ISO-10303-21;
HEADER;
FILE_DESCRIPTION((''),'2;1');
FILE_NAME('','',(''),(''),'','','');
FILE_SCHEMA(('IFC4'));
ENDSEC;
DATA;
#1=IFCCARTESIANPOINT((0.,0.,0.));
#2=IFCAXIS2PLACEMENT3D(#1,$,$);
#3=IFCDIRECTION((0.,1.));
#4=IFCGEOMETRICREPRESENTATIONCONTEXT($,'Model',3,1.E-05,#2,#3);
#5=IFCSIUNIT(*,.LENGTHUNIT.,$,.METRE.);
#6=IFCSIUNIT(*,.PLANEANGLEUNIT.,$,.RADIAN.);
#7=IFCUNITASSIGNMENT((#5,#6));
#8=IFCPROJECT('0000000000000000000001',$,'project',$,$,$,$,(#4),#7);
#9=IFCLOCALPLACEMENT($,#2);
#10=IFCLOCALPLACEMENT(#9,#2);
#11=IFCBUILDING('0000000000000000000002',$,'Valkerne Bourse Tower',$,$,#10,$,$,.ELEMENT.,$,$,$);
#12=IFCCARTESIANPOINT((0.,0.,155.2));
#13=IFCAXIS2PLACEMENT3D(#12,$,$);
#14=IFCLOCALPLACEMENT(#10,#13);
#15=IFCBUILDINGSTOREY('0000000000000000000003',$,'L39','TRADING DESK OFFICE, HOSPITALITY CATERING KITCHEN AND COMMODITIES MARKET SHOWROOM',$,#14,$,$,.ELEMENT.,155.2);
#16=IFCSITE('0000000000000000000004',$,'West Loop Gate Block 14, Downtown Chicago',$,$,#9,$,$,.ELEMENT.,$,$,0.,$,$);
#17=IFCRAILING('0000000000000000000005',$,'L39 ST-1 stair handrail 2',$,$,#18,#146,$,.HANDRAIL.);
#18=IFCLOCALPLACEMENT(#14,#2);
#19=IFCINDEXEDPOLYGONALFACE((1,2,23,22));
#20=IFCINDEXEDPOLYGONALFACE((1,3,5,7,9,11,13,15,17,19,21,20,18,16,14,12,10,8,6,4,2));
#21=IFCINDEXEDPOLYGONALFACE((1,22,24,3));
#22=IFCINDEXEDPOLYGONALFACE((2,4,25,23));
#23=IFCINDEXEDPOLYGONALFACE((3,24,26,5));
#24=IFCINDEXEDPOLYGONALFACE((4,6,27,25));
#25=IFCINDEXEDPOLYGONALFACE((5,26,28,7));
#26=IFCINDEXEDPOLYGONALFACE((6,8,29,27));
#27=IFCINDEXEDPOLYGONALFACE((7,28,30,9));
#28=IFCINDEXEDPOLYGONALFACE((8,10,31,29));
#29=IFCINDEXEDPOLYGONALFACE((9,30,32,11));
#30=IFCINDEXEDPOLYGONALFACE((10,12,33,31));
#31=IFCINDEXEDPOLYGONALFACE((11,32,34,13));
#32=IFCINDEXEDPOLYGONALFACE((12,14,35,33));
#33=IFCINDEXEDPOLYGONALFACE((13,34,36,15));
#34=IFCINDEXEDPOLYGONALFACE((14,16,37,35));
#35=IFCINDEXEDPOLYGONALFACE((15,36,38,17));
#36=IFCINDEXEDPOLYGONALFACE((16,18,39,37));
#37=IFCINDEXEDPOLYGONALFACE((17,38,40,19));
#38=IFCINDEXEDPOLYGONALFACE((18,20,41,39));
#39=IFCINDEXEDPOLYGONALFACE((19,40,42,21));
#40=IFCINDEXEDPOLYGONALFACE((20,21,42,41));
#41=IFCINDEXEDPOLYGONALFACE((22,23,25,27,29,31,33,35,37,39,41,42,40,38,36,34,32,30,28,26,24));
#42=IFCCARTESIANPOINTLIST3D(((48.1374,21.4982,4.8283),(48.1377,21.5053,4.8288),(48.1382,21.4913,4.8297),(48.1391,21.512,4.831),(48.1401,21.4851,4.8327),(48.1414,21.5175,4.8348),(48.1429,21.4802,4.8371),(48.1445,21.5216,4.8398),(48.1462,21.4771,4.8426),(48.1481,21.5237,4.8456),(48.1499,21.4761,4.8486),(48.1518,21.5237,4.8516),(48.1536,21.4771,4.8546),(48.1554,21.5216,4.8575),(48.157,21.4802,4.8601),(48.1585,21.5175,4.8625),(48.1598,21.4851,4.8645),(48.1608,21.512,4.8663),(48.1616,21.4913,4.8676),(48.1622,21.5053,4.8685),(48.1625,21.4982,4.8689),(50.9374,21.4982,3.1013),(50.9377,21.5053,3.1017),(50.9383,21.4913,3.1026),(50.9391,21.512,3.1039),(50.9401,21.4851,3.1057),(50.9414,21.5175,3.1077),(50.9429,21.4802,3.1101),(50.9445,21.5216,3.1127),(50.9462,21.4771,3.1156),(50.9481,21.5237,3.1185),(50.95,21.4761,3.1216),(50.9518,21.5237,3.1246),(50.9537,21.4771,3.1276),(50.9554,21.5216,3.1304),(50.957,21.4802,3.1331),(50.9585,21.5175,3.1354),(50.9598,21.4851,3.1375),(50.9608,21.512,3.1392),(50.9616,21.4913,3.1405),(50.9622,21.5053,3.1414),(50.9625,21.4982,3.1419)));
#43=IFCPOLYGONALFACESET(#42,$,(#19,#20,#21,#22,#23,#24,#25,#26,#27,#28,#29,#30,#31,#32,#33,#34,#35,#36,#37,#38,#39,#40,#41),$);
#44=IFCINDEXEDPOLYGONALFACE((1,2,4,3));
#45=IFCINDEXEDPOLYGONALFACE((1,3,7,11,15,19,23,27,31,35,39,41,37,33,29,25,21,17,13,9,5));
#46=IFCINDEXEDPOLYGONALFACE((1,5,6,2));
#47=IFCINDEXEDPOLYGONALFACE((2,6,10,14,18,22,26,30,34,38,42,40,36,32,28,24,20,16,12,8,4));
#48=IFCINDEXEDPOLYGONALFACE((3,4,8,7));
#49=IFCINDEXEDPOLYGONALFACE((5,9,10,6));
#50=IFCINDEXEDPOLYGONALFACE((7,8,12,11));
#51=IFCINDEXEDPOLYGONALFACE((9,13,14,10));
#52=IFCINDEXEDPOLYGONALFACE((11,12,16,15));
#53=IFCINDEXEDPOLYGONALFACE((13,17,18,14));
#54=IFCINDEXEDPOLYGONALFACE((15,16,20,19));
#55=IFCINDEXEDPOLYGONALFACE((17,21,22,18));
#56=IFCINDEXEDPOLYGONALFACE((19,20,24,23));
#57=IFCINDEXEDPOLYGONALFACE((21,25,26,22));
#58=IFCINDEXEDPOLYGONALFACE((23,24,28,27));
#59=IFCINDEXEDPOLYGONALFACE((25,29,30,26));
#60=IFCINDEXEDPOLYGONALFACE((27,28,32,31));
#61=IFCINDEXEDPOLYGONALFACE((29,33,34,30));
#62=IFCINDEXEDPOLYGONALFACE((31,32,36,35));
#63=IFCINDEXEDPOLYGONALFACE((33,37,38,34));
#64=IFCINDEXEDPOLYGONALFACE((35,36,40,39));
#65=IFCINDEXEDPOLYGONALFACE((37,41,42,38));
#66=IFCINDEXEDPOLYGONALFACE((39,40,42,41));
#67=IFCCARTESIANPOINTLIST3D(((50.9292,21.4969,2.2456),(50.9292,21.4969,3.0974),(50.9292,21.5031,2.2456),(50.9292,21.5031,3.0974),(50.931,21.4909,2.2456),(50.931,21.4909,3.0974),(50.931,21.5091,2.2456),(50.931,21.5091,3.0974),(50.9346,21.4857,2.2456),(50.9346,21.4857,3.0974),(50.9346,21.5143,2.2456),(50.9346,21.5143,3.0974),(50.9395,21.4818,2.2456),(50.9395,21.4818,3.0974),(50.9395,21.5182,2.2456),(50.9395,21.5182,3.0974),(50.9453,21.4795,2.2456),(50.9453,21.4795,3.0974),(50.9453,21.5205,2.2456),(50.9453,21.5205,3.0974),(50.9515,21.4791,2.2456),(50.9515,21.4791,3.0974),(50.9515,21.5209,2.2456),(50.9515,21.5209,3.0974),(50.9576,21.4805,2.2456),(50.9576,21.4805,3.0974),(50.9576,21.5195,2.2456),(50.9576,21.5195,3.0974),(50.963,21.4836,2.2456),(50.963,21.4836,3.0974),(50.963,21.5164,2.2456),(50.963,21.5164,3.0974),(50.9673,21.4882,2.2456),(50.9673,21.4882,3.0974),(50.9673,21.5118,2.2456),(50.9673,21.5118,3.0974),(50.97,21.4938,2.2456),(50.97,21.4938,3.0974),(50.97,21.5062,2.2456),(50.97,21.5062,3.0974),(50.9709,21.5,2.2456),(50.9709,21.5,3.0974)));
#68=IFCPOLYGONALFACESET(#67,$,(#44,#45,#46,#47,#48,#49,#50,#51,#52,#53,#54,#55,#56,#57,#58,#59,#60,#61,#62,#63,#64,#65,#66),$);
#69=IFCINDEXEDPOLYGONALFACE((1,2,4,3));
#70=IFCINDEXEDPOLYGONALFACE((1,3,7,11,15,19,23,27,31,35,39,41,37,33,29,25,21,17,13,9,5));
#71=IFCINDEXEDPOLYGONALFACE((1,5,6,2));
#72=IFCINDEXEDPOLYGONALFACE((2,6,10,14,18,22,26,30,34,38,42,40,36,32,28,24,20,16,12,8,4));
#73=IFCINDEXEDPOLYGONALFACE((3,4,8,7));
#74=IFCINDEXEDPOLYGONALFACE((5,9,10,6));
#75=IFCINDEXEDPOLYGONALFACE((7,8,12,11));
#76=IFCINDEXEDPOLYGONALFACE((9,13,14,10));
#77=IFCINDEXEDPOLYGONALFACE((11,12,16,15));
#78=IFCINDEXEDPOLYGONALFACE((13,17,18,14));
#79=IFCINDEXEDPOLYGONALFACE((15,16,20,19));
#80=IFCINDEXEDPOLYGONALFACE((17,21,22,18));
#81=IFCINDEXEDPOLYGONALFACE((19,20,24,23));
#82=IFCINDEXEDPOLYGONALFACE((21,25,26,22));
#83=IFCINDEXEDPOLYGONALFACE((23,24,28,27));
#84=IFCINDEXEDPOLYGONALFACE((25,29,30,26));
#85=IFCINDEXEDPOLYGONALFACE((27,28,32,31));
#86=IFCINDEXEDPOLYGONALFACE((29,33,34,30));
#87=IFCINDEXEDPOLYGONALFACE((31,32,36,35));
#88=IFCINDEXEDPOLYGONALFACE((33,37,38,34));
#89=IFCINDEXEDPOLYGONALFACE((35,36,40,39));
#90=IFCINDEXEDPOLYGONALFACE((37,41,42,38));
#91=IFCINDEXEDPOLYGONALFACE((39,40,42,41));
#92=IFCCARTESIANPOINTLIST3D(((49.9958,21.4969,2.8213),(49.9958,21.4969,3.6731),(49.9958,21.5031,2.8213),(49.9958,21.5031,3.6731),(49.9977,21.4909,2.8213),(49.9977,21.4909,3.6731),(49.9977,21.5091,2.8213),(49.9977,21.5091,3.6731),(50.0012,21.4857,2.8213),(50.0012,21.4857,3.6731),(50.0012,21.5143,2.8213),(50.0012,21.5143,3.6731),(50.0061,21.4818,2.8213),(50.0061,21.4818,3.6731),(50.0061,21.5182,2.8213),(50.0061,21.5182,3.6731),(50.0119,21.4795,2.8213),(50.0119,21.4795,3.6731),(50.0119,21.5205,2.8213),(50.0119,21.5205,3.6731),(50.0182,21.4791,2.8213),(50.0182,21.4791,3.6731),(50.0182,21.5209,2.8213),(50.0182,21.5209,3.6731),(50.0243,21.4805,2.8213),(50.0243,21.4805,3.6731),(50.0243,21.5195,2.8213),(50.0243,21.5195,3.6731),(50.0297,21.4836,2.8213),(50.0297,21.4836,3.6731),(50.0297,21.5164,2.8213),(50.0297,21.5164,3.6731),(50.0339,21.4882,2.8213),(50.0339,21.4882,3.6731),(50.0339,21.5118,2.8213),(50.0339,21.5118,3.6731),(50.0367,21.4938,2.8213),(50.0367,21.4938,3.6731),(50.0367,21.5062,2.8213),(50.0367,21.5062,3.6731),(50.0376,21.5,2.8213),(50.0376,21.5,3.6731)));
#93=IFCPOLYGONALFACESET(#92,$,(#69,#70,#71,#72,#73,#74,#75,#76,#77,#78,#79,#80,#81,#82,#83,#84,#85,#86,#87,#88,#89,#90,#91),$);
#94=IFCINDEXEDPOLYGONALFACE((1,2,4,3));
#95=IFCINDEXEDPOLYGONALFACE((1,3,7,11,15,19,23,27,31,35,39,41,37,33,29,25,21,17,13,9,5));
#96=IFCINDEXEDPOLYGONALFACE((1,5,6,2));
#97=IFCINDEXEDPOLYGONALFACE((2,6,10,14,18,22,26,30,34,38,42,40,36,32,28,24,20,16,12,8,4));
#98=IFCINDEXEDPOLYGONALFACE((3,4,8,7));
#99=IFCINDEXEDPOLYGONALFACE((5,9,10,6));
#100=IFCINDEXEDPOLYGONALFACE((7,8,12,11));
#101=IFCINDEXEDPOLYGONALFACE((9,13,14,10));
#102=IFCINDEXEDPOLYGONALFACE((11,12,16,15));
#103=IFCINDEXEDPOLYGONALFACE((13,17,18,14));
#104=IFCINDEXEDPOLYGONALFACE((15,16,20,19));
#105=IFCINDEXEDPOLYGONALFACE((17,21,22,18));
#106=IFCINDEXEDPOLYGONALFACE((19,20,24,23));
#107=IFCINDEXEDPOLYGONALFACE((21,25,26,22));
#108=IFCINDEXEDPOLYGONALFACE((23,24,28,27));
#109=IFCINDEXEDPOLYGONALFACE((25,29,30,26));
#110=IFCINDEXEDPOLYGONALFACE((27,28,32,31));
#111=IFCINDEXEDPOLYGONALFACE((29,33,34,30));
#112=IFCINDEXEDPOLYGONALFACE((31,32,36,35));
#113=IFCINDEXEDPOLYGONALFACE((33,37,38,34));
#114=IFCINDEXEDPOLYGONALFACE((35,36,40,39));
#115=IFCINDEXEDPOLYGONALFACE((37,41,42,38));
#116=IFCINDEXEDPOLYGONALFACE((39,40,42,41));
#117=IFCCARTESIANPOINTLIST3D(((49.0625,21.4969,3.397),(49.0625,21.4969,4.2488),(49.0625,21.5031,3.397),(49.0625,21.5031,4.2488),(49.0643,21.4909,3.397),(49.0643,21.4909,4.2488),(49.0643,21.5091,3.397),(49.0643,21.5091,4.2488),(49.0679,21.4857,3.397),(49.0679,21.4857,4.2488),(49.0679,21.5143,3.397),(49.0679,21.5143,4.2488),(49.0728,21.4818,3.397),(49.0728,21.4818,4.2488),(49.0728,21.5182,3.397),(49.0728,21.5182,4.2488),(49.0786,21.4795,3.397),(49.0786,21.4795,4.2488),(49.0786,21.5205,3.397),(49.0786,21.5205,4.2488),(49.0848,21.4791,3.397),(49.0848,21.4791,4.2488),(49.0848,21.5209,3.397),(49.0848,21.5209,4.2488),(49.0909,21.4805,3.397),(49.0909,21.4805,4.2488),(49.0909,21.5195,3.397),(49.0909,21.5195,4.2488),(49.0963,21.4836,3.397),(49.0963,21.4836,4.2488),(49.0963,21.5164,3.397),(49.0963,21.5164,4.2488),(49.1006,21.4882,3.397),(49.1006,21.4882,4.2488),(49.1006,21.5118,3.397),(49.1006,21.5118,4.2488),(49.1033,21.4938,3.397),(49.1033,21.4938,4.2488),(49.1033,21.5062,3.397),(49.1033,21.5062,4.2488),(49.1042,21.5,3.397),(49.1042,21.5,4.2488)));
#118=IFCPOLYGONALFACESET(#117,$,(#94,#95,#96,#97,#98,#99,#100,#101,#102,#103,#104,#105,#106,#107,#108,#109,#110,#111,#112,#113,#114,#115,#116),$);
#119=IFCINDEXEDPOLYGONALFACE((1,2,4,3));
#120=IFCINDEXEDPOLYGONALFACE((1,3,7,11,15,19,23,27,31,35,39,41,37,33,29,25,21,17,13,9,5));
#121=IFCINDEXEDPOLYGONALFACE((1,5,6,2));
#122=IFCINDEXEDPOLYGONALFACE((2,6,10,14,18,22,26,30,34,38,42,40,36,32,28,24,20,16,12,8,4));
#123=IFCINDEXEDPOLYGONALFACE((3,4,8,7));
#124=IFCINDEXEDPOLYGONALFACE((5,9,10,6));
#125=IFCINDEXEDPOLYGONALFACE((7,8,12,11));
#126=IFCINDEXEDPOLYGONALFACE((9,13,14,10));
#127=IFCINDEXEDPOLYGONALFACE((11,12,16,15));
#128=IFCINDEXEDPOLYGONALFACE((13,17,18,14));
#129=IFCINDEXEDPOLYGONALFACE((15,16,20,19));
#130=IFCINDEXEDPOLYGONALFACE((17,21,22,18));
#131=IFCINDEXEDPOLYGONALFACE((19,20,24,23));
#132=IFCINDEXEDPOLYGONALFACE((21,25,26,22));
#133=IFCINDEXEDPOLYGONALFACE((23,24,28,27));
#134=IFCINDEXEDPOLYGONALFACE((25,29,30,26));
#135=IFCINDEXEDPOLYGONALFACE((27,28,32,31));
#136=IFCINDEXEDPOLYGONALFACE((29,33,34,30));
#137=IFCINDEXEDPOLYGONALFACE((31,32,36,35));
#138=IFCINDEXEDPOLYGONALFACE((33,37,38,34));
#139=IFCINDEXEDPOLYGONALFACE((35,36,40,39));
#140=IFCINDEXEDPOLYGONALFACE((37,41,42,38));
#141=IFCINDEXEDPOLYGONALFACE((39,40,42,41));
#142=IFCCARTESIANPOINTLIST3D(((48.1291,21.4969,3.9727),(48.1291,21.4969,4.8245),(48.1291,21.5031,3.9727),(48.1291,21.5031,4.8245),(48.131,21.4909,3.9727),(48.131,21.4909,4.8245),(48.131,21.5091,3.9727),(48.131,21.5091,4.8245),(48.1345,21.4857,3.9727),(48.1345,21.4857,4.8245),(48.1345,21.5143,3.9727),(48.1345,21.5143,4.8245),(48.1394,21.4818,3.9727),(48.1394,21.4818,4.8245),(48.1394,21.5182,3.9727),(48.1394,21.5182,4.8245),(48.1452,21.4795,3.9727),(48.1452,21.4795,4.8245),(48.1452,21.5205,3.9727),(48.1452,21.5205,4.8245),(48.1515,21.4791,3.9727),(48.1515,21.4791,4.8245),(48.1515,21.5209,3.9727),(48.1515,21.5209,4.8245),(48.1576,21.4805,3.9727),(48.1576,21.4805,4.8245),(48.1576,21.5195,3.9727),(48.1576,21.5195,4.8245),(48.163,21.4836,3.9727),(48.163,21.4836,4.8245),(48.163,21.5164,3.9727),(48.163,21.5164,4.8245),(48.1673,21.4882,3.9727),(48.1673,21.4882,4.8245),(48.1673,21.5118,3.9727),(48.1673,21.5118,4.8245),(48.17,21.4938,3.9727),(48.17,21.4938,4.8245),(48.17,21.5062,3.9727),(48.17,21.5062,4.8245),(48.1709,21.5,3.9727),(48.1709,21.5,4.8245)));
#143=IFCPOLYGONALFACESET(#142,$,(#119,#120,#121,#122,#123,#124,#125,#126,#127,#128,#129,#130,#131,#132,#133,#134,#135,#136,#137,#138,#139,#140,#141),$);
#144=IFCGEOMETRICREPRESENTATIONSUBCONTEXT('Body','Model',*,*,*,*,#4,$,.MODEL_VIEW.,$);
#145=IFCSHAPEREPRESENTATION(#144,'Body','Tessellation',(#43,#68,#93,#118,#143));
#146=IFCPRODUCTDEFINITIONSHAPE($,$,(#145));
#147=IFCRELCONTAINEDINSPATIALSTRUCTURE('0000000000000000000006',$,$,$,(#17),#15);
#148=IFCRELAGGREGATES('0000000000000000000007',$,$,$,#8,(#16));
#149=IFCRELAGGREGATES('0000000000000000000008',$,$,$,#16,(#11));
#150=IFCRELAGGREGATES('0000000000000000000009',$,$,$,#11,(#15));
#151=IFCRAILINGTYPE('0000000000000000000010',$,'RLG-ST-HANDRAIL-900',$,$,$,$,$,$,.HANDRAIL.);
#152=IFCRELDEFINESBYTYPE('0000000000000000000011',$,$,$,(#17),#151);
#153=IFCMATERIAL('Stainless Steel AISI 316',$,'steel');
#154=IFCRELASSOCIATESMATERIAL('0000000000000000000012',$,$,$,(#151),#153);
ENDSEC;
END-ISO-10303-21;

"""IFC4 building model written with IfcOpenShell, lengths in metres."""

from ifc_helpers import new_model, si_unit, direction, frame, origin, origin_2d, place, context, subcontext, project, spatial, circle, extrude, material, type_object, element, save


model = new_model("IFC4")

# Units and contexts
model_context = context("Model", 3, precision=1e-05, world=origin(), true_north=direction((0.0, 1.0)))
body_context = subcontext(model_context, "Body", "Model", "MODEL_VIEW")
ifc_project = project(units=[si_unit("LENGTHUNIT", "METRE"), si_unit("PLANEANGLEUNIT", "RADIAN")], contexts=[model_context])

# Site, building, storey
site_placement = place(None, origin())
site = spatial("IfcSite", under=ifc_project, at=site_placement, Name="West Loop Gate Block 14, Downtown Chicago", CompositionType="ELEMENT", RefElevation=0.0)
building_placement = place(site_placement, origin())
building = spatial("IfcBuilding", under=site, at=building_placement, Name="Valkerne Bourse Tower", CompositionType="ELEMENT")
storey_placement = place(building_placement, frame((0.0, 0.0, 155.2)))
storey = spatial("IfcBuildingStorey", under=building, at=storey_placement, Name="L39", Description="TRADING DESK OFFICE, HOSPITALITY CATERING KITCHEN AND COMMODITIES MARKET SHOWROOM", CompositionType="ELEMENT", Elevation=155.2)

# Shared definitions
ifc_material_1 = material(Name="Stainless Steel AISI 316", Category="steel")

# Railing
railing_type_1 = type_object("IfcRailingType", Name="RLG-ST-HANDRAIL-900", PredefinedType="HANDRAIL", material=ifc_material_1)
railing_1_placement = place(storey_placement, frame((50.95, 21.5, 2.2456)))
element("IfcRailing", 1, at=railing_1_placement, inside=storey, type_object=railing_type_1, Name="L39 ST-1 stair handrail 2", PredefinedType="HANDRAIL", context=body_context, shape_type="SweptSolid", body=[
    extrude(circle(Radius=0.0239, at=origin_2d()), frame((0.0, 0.0, 0.876), z_axis=(-0.851123, 0.0, 0.524967), x_axis=(0.0, -1.0, 0.0)), (0.0, 0.0, 1.0), 3.2898),
    extrude(circle(Radius=0.021, at=origin_2d()), origin(), (0.0, 0.0, 1.0), 0.8518),
    extrude(circle(Radius=0.021, at=origin_2d()), frame((-0.9333, 0.0, 0.5757)), (0.0, 0.0, 1.0), 0.8518),
    extrude(circle(Radius=0.021, at=origin_2d()), frame((-1.8667, 0.0, 1.1514)), (0.0, 0.0, 1.0), 0.8518),
    extrude(circle(Radius=0.021, at=origin_2d()), frame((-2.8, 0.0, 1.7271)), (0.0, 0.0, 1.0), 0.8518),
])

save(model, "model.ifc")
